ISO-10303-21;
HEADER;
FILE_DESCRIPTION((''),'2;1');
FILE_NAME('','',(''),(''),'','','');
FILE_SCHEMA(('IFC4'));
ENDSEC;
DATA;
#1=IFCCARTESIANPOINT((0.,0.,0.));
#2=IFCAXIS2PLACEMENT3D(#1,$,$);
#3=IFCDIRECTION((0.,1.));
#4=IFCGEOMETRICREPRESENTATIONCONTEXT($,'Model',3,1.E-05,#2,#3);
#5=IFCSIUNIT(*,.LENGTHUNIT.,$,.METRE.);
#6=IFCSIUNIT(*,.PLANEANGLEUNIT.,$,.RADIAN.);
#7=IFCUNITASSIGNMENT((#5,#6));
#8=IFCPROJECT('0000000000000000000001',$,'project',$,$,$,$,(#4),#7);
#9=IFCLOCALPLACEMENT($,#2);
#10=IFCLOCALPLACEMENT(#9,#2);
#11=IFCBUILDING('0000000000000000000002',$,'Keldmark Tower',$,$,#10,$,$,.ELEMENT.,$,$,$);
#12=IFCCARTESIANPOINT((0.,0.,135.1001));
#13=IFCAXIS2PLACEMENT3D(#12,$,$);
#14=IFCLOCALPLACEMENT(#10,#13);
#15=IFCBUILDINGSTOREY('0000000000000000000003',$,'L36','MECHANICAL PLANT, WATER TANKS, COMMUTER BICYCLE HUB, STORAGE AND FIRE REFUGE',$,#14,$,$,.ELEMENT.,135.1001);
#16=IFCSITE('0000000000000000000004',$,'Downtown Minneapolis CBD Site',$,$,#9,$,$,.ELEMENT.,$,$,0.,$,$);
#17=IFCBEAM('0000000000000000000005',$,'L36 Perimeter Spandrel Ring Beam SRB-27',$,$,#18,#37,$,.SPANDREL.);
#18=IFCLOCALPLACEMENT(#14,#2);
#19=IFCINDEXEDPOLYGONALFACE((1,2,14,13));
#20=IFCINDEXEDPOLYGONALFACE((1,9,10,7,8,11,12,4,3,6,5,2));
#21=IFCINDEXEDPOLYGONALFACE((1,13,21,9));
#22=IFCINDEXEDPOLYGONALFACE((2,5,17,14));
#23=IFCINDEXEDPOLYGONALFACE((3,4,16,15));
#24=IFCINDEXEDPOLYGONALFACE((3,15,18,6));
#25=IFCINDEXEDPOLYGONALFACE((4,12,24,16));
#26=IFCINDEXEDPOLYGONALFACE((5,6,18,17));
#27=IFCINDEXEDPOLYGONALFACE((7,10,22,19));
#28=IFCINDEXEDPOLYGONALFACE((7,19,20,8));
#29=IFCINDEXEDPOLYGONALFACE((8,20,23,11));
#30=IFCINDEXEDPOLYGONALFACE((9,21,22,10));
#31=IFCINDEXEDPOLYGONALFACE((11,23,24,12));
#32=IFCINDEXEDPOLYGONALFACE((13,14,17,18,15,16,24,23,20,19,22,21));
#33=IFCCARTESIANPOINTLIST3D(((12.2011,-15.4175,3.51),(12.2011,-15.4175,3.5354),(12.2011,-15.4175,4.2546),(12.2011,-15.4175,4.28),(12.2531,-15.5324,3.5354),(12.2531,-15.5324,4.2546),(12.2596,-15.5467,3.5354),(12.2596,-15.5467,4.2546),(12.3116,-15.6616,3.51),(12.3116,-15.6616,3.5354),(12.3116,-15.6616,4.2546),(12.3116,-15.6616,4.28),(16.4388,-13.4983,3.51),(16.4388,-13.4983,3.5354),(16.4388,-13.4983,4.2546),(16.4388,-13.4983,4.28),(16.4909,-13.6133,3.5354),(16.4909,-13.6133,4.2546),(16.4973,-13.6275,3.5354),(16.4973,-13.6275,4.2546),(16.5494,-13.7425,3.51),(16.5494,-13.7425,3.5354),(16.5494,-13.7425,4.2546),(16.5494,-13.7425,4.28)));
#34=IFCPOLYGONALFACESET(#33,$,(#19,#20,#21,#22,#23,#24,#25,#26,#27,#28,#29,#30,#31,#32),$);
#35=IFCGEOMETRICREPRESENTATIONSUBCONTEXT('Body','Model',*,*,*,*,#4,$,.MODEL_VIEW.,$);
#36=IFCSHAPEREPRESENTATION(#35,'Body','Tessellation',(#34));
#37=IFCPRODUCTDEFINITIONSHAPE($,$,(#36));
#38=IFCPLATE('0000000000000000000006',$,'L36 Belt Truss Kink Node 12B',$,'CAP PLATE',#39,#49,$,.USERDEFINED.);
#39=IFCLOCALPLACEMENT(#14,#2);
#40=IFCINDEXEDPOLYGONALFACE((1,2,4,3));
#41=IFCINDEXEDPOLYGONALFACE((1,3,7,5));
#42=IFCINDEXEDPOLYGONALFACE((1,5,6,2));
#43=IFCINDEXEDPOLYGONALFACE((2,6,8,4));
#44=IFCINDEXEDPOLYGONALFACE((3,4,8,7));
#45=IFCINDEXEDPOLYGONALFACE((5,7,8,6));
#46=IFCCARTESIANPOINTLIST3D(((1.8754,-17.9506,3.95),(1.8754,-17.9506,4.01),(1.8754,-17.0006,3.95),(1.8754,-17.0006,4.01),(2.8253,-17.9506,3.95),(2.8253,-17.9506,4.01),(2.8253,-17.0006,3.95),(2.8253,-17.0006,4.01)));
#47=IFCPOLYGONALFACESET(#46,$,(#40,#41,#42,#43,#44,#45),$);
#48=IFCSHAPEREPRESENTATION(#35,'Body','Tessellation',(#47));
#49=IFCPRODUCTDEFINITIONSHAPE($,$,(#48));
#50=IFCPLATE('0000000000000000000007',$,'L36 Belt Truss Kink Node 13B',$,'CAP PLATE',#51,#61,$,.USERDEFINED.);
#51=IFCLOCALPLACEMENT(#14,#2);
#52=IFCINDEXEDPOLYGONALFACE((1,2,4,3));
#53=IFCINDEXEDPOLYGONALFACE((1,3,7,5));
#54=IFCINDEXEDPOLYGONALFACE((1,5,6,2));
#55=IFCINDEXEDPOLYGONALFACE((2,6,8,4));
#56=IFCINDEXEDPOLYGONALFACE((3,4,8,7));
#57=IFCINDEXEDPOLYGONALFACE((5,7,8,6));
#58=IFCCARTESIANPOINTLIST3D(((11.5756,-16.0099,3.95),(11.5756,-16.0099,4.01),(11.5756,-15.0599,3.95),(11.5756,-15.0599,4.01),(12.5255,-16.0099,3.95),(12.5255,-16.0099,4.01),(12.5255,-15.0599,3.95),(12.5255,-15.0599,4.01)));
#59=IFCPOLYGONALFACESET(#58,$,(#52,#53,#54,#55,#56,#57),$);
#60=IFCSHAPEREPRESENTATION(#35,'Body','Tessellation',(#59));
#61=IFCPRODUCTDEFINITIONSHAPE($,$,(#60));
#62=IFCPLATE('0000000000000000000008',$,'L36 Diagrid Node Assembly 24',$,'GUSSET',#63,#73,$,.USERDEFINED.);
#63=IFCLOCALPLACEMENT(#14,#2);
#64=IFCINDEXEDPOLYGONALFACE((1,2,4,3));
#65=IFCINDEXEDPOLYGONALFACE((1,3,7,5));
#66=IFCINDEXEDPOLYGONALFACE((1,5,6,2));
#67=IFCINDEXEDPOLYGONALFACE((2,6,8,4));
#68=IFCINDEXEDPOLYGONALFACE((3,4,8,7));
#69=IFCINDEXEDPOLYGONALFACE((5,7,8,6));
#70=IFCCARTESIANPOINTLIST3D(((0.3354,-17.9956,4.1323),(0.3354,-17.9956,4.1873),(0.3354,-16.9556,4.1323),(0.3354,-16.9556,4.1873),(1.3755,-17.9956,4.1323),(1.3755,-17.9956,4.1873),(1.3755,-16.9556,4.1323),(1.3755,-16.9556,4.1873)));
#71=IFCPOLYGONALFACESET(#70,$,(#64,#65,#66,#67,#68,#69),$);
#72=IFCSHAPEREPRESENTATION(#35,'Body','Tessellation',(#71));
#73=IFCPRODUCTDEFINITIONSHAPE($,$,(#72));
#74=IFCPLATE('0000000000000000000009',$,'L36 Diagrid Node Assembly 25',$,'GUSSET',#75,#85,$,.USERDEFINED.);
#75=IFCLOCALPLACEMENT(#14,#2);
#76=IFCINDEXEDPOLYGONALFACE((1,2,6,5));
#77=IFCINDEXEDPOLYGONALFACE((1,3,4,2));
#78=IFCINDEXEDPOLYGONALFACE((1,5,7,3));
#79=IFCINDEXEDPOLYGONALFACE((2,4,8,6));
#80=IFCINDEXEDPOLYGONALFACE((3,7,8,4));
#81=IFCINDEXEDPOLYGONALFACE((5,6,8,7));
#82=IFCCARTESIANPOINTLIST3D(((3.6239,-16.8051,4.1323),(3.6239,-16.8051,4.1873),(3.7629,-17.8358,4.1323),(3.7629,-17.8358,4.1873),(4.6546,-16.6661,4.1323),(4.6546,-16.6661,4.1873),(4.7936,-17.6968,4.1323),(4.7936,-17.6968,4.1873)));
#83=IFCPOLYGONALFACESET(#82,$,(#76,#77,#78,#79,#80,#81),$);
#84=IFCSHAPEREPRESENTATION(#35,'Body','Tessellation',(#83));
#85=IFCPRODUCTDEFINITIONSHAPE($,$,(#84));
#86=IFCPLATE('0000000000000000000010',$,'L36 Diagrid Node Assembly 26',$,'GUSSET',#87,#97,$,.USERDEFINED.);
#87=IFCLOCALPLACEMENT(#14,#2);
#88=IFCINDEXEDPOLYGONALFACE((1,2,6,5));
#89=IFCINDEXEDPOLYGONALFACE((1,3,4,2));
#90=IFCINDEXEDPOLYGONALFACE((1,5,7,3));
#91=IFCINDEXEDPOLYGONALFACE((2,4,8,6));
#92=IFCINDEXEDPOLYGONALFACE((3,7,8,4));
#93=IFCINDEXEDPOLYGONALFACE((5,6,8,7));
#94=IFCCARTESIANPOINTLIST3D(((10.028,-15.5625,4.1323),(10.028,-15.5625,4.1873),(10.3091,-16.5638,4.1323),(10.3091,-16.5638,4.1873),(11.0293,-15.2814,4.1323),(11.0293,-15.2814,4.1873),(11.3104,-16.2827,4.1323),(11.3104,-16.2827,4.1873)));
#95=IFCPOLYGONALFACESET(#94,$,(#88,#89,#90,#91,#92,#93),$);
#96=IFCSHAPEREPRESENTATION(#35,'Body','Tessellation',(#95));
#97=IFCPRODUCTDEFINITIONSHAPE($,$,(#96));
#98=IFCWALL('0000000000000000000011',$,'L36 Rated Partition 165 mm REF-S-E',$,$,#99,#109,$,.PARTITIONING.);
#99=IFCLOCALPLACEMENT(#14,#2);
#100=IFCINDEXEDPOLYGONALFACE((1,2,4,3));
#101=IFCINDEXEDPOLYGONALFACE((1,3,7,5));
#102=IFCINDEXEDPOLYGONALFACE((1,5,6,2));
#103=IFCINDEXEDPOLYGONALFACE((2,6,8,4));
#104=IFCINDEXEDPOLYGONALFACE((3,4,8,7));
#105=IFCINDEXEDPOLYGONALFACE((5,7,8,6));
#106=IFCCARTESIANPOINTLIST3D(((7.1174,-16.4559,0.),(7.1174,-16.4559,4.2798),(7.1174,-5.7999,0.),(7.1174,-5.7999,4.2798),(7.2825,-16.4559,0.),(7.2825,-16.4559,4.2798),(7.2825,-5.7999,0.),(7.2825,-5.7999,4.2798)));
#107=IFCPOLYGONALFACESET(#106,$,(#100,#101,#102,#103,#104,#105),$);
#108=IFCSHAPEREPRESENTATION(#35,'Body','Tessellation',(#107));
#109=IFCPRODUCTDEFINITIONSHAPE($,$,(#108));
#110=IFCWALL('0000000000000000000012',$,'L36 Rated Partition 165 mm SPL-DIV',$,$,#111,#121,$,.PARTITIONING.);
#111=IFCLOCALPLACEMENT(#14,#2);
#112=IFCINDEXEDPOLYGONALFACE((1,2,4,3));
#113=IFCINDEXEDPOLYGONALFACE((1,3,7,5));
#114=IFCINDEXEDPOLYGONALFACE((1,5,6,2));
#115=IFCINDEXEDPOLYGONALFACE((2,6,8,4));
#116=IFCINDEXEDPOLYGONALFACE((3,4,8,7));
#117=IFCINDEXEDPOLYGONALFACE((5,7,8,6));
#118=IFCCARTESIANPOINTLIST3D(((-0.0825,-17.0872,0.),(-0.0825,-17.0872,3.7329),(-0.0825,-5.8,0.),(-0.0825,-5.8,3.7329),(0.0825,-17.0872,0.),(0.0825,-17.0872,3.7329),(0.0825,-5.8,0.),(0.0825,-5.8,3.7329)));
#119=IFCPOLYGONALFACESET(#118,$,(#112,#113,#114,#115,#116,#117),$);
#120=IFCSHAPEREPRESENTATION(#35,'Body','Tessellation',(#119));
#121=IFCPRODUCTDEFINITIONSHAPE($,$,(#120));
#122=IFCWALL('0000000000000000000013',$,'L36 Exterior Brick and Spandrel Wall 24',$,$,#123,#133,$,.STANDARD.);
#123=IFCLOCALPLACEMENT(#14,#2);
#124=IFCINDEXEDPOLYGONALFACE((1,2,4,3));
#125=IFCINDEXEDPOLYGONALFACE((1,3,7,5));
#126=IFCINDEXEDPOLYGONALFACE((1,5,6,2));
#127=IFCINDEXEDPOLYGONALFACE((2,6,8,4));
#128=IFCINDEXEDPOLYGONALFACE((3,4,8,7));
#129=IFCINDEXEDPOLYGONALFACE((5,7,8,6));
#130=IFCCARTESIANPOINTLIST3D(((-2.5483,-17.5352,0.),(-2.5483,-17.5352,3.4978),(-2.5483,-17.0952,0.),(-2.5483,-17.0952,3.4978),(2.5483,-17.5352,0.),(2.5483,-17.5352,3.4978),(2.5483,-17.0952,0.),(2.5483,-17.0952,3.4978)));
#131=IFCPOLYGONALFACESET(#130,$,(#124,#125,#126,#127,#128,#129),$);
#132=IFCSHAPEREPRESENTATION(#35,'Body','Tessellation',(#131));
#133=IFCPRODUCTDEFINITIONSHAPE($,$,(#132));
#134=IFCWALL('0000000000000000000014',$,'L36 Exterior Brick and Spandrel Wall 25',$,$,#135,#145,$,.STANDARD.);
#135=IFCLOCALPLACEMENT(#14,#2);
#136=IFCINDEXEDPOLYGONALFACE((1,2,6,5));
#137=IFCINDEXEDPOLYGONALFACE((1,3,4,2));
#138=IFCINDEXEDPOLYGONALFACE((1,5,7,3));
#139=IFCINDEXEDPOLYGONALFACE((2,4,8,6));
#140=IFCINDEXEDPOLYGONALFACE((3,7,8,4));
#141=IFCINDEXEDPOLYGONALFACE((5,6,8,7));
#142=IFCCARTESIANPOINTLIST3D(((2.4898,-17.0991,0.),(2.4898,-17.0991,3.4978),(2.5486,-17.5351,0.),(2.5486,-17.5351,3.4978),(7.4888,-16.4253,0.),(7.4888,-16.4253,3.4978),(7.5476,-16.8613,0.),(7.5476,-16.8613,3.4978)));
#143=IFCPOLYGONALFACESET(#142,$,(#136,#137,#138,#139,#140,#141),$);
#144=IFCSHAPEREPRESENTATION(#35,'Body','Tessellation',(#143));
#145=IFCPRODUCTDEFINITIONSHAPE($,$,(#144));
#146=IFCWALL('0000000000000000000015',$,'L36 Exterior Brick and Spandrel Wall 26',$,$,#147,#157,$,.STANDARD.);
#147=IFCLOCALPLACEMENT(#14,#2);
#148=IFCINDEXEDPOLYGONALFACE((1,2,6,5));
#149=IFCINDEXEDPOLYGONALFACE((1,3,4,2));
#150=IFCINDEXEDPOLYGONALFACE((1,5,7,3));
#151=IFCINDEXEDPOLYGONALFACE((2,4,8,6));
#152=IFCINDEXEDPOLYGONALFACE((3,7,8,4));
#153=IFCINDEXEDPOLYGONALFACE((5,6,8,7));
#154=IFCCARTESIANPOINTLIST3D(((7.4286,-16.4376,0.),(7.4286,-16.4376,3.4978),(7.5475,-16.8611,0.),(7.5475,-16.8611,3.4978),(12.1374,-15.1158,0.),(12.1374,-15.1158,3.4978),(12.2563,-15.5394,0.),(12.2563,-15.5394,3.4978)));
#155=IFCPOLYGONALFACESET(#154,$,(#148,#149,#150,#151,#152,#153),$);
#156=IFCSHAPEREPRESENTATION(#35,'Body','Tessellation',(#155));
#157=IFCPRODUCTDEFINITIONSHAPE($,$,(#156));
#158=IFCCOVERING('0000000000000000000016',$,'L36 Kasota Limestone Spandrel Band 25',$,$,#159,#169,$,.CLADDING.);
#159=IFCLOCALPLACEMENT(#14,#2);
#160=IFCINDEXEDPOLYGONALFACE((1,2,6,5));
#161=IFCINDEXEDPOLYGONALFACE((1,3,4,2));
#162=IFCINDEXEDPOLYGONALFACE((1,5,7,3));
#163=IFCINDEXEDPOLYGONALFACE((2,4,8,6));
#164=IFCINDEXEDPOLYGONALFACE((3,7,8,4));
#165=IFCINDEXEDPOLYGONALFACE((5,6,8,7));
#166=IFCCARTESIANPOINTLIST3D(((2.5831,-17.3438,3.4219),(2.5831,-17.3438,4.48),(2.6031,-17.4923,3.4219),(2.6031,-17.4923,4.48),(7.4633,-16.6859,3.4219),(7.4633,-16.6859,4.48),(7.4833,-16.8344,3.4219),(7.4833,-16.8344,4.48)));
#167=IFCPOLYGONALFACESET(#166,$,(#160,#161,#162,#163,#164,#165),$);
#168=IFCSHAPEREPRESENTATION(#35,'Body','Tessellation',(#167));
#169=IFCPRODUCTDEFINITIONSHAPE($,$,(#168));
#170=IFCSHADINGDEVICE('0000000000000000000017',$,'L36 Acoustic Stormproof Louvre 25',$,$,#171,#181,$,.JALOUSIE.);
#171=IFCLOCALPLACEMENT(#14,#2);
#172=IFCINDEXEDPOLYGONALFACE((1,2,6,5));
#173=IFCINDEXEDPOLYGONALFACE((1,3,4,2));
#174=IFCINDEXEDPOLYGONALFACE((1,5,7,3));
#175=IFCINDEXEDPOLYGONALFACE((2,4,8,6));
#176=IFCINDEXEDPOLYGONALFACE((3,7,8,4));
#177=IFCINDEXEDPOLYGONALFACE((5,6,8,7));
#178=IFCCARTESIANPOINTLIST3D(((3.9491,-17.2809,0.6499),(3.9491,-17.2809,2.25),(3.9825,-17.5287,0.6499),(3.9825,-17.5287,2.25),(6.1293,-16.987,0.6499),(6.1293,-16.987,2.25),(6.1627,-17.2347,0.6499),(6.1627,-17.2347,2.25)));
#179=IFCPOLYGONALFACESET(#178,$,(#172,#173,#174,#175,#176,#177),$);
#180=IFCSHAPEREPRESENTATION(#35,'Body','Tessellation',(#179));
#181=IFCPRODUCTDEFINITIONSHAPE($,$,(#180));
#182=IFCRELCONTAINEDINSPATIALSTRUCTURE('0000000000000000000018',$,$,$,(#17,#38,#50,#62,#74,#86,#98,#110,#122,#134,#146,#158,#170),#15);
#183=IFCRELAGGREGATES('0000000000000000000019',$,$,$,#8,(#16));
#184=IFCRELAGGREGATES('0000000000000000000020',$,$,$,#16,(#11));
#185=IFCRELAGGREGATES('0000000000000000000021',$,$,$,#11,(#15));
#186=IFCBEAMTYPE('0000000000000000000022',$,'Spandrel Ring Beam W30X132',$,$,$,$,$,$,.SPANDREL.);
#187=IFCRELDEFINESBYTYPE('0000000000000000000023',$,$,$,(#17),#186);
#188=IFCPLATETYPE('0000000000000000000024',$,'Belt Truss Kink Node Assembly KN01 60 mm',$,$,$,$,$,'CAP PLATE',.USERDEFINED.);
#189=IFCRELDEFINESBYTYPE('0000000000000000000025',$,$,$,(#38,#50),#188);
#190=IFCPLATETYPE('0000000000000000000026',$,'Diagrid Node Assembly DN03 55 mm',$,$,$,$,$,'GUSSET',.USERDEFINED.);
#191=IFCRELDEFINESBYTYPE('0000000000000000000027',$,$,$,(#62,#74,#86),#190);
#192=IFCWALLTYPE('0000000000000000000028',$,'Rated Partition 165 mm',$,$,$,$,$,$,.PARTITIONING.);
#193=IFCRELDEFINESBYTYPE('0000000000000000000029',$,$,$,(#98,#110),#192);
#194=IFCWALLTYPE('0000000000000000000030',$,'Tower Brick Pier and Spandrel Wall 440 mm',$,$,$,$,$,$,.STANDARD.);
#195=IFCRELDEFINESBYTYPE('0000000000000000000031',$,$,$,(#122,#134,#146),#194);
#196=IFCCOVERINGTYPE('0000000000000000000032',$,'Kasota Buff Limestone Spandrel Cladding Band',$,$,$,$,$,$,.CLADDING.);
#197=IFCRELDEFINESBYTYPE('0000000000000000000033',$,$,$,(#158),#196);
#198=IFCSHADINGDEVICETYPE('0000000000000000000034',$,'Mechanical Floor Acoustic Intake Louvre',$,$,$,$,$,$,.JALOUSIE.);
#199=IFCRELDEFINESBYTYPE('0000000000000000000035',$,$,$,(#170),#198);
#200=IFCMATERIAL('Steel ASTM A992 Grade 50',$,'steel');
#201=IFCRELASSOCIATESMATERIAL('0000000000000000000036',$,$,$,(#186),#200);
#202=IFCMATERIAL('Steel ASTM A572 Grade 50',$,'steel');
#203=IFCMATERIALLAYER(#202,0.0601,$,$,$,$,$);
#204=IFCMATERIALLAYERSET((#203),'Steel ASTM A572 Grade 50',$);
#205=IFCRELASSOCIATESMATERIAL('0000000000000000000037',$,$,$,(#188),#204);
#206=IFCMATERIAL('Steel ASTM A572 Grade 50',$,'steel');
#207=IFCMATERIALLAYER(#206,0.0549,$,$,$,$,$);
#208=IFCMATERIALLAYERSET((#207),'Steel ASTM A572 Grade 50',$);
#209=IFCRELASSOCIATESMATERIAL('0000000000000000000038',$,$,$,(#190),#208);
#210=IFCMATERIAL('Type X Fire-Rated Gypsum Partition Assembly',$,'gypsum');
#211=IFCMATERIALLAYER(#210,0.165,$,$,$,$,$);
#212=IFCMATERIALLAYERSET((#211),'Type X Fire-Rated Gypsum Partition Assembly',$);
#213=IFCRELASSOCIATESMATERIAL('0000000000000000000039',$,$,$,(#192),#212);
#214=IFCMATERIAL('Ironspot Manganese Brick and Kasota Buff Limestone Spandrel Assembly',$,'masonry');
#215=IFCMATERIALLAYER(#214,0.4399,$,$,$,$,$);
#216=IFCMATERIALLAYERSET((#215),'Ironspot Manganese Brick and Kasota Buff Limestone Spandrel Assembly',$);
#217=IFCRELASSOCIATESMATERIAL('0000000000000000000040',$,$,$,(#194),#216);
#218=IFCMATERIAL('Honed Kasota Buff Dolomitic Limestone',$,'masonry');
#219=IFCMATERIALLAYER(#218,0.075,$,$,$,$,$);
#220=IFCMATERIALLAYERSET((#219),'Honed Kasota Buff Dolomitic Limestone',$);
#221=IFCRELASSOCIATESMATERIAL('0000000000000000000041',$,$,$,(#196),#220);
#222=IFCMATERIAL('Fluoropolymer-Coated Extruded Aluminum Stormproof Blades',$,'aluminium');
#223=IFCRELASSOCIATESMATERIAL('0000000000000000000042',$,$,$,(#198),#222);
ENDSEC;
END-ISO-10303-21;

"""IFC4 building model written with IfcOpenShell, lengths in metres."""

from ifc_helpers import new_model, si_unit, direction, frame, frame_2d, origin, origin_2d, place, context, subcontext, project, spatial, rectangle, i_section, extrude, material, layer, layer_set, material_profile, profile_set, type_object, element, save


model = new_model("IFC4")

# Units and contexts
model_context = context("Model", 3, precision=1e-05, world=origin(), true_north=direction((0.0, 1.0)))
body_context = subcontext(model_context, "Body", "Model", "MODEL_VIEW")
ifc_project = project(units=[si_unit("LENGTHUNIT", "METRE"), si_unit("PLANEANGLEUNIT", "RADIAN")], contexts=[model_context])

# Site, building, storey
site_placement = place(None, origin())
site = spatial("IfcSite", under=ifc_project, at=site_placement, Name="Downtown Minneapolis CBD Site", CompositionType="ELEMENT", RefElevation=0.0)
building_placement = place(site_placement, origin())
building = spatial("IfcBuilding", under=site, at=building_placement, Name="Keldmark Tower", CompositionType="ELEMENT")
storey_placement = place(building_placement, frame((0.0, 0.0, 135.1001)))
storey = spatial("IfcBuildingStorey", under=building, at=storey_placement, Name="L36", Description="MECHANICAL PLANT, WATER TANKS, COMMUTER BICYCLE HUB, STORAGE AND FIRE REFUGE", CompositionType="ELEMENT", Elevation=135.1001)

# Beam
ifc_material_1 = material(Name="Steel ASTM A992 Grade 50", Category="steel")
ifc_material_profile_1 = material_profile(ifc_material_1, i_section(OverallWidth=0.2681, OverallDepth=0.77, WebThickness=0.0156, FlangeThickness=0.0254, at=origin_2d()), Name="W30X132")
ifc_profile_set_1 = profile_set([ifc_material_profile_1], Name="Steel ASTM A992 Grade 50")
beam_type_1 = type_object("IfcBeamType", Name="Spandrel Ring Beam W30X132", PredefinedType="SPANDREL", material=ifc_profile_set_1)
beam_1_placement = place(storey_placement, frame((12.2563, -15.5396, 3.895), z_axis=(0.910939, 0.412541, 0.0), x_axis=(-0.412541, 0.910939, 0.0)))
element("IfcBeam", 1, at=beam_1_placement, inside=storey, type_object=beam_type_1, Name="L36 Perimeter Spandrel Ring Beam SRB-27", PredefinedType="SPANDREL", context=body_context, shape_type="SweptSolid", body=[
    extrude(i_section(OverallWidth=0.2681, OverallDepth=0.77, WebThickness=0.0156, FlangeThickness=0.0254, at=origin_2d()), origin(), (0.0, 0.0, 1.0), 4.6521),
])

# Plates
ifc_material_2 = material(Name="Steel ASTM A572 Grade 50", Category="steel")
ifc_layer_1 = layer(ifc_material_2, 0.0601)
ifc_layer_set_1 = layer_set([ifc_layer_1], Name="Steel ASTM A572 Grade 50")
plate_type_1 = type_object("IfcPlateType", Name="Belt Truss Kink Node Assembly KN01 60 mm", ElementType="CAP PLATE", PredefinedType="USERDEFINED", material=ifc_layer_set_1)
for number, where, z_axis, x_axis, name in (
    (2, (2.3503, -17.4756, 3.95), (0.0, 0.0, 1.0), (1.0, 0.0, 0.0), "L36 Belt Truss Kink Node 12B"),
    (3, (12.0505, -15.5349, 3.95), (0.0, 0.0, 1.0), (1.0, 0.0, 0.0), "L36 Belt Truss Kink Node 13B"),
):
    element("IfcPlate", number, at=place(storey_placement, frame(where, z_axis=z_axis, x_axis=x_axis)), inside=storey, type_object=plate_type_1, Name=name, ObjectType="CAP PLATE", PredefinedType="USERDEFINED", context=body_context, shape_type="SweptSolid", body=[
        extrude(rectangle(XDim=0.95, YDim=0.95, at=origin_2d()), origin(), (0.0, 0.0, 1.0), 0.0601),
    ])
ifc_material_3 = material(Name="Steel ASTM A572 Grade 50", Category="steel")
ifc_layer_2 = layer(ifc_material_3, 0.0549)
ifc_layer_set_2 = layer_set([ifc_layer_2], Name="Steel ASTM A572 Grade 50")
plate_type_2 = type_object("IfcPlateType", Name="Diagrid Node Assembly DN03 55 mm", ElementType="GUSSET", PredefinedType="USERDEFINED", material=ifc_layer_set_2)
for number, where, z_axis, x_axis, name in (
    (4, (0.8555, -17.4756, 4.1323), (0.0, 0.0, 1.0), (1.0, 0.0, 0.0), "L36 Diagrid Node Assembly 24"),
    (5, (4.2087, -17.251, 4.1323), (0.0, 0.0, 1.0), (0.99103, 0.13364, 0.0), "L36 Diagrid Node Assembly 25"),
    (6, (10.6692, -15.9226, 4.1323), (0.0, 0.0, 1.0), (0.962786, 0.270264, 0.0), "L36 Diagrid Node Assembly 26"),
):
    element("IfcPlate", number, at=place(storey_placement, frame(where, z_axis=z_axis, x_axis=x_axis)), inside=storey, type_object=plate_type_2, Name=name, ObjectType="GUSSET", PredefinedType="USERDEFINED", context=body_context, shape_type="SweptSolid", body=[
        extrude(rectangle(XDim=1.04, YDim=1.04, at=origin_2d()), origin(), (0.0, 0.0, 1.0), 0.0549),
    ])

# Shared definitions
ifc_material_4 = material(Name="Type X Fire-Rated Gypsum Partition Assembly", Category="gypsum")
ifc_layer_3 = layer(ifc_material_4, 0.165)
ifc_layer_set_3 = layer_set([ifc_layer_3], Name="Type X Fire-Rated Gypsum Partition Assembly")
wall_type_1 = type_object("IfcWallType", Name="Rated Partition 165 mm", PredefinedType="PARTITIONING", material=ifc_layer_set_3)

# Walls
wall_1_placement = place(storey_placement, frame((7.2, -16.4561, 0.0), z_axis=(0.0, 0.0, 1.0), x_axis=(0.0, 1.0, 0.0)))
element("IfcWall", 7, at=wall_1_placement, inside=storey, type_object=wall_type_1, Name="L36 Rated Partition 165 mm REF-S-E", PredefinedType="PARTITIONING", context=body_context, shape_type="SweptSolid", body=[
    extrude(rectangle(XDim=10.656, YDim=0.165, at=frame_2d((5.3281, 0.0))), origin(), (0.0, 0.0, 1.0), 4.2798),
])
wall_2_placement = place(storey_placement, frame((0.0, -17.0872, 0.0), z_axis=(0.0, 0.0, 1.0), x_axis=(0.0, 1.0, 0.0)))
element("IfcWall", 8, at=wall_2_placement, inside=storey, type_object=wall_type_1, Name="L36 Rated Partition 165 mm SPL-DIV", PredefinedType="PARTITIONING", context=body_context, shape_type="SweptSolid", body=[
    extrude(rectangle(XDim=11.2871, YDim=0.165, at=frame_2d((5.6436, 0.0))), origin(), (0.0, 0.0, 1.0), 3.7329),
])
ifc_material_5 = material(Name="Ironspot Manganese Brick and Kasota Buff Limestone Spandrel Assembly", Category="masonry")
ifc_layer_4 = layer(ifc_material_5, 0.4399)
ifc_layer_set_4 = layer_set([ifc_layer_4], Name="Ironspot Manganese Brick and Kasota Buff Limestone Spandrel Assembly")
wall_type_2 = type_object("IfcWallType", Name="Tower Brick Pier and Spandrel Wall 440 mm", PredefinedType="STANDARD", material=ifc_layer_set_4)
wall_3_placement = place(storey_placement, frame((2.5483, -17.3152, 0.0), z_axis=(0.0, 0.0, 1.0), x_axis=(-1.0, 0.0, 0.0)))
element("IfcWall", 9, at=wall_3_placement, inside=storey, type_object=wall_type_2, Name="L36 Exterior Brick and Spandrel Wall 24", PredefinedType="STANDARD", context=body_context, shape_type="SweptSolid", body=[
    extrude(rectangle(XDim=5.0967, YDim=0.4399, at=frame_2d((2.5483, 0.0))), origin(), (0.0, 0.0, 1.0), 3.4978),
])
wall_4_placement = place(storey_placement, frame((7.5181, -16.6433, 0.0), z_axis=(0.0, 0.0, 1.0), x_axis=(-0.991038, -0.133584, 0.0)))
element("IfcWall", 10, at=wall_4_placement, inside=storey, type_object=wall_type_2, Name="L36 Exterior Brick and Spandrel Wall 25", PredefinedType="STANDARD", context=body_context, shape_type="SweptSolid", body=[
    extrude(rectangle(XDim=5.0442, YDim=0.4399, at=frame_2d((2.522, 0.0))), origin(), (0.0, 0.0, 1.0), 3.4978),
])
wall_5_placement = place(storey_placement, frame((12.1968, -15.3276, 0.0), z_axis=(0.0, 0.0, 1.0), x_axis=(-0.962791, -0.270248, 0.0)))
element("IfcWall", 11, at=wall_5_placement, inside=storey, type_object=wall_type_2, Name="L36 Exterior Brick and Spandrel Wall 26", PredefinedType="STANDARD", context=body_context, shape_type="SweptSolid", body=[
    extrude(rectangle(XDim=4.8909, YDim=0.4399, at=frame_2d((2.4453, 0.0))), origin(), (0.0, 0.0, 1.0), 3.4978),
])

# Covering
ifc_material_6 = material(Name="Honed Kasota Buff Dolomitic Limestone", Category="masonry")
ifc_layer_5 = layer(ifc_material_6, 0.075)
ifc_layer_set_5 = layer_set([ifc_layer_5], Name="Honed Kasota Buff Dolomitic Limestone")
covering_type = type_object("IfcCoveringType", Name="Kasota Buff Limestone Spandrel Cladding Band", PredefinedType="CLADDING", material=ifc_layer_set_5)
covering_placement = place(storey_placement, frame((5.0332, -17.0891, 3.4219), z_axis=(0.0, 0.0, 1.0), x_axis=(0.991035, 0.133606, 0.0)))
element("IfcCovering", 12, at=covering_placement, inside=storey, type_object=covering_type, Name="L36 Kasota Limestone Spandrel Band 25", PredefinedType="CLADDING", context=body_context, shape_type="SweptSolid", body=[
    extrude(rectangle(XDim=4.9243, YDim=0.1499, at=origin_2d()), origin(), (0.0, 0.0, 1.0), 1.0581),
])

# Shading device
ifc_material_7 = material(Name="Fluoropolymer-Coated Extruded Aluminum Stormproof Blades", Category="aluminium")
shading_device_type = type_object("IfcShadingDeviceType", Name="Mechanical Floor Acoustic Intake Louvre", PredefinedType="JALOUSIE", material=ifc_material_7)
shading_device_placement = place(storey_placement, frame((5.0559, -17.2578, 0.6499), z_axis=(0.0, 0.0, 1.0), x_axis=(0.991035, 0.133606, 0.0)))
element("IfcShadingDevice", 13, at=shading_device_placement, inside=storey, type_object=shading_device_type, Name="L36 Acoustic Stormproof Louvre 25", PredefinedType="JALOUSIE", context=body_context, shape_type="SweptSolid", body=[
    extrude(rectangle(XDim=2.2, YDim=0.25, at=origin_2d()), origin(), (0.0, 0.0, 1.0), 1.6001),
])

save(model, "model.ifc")
